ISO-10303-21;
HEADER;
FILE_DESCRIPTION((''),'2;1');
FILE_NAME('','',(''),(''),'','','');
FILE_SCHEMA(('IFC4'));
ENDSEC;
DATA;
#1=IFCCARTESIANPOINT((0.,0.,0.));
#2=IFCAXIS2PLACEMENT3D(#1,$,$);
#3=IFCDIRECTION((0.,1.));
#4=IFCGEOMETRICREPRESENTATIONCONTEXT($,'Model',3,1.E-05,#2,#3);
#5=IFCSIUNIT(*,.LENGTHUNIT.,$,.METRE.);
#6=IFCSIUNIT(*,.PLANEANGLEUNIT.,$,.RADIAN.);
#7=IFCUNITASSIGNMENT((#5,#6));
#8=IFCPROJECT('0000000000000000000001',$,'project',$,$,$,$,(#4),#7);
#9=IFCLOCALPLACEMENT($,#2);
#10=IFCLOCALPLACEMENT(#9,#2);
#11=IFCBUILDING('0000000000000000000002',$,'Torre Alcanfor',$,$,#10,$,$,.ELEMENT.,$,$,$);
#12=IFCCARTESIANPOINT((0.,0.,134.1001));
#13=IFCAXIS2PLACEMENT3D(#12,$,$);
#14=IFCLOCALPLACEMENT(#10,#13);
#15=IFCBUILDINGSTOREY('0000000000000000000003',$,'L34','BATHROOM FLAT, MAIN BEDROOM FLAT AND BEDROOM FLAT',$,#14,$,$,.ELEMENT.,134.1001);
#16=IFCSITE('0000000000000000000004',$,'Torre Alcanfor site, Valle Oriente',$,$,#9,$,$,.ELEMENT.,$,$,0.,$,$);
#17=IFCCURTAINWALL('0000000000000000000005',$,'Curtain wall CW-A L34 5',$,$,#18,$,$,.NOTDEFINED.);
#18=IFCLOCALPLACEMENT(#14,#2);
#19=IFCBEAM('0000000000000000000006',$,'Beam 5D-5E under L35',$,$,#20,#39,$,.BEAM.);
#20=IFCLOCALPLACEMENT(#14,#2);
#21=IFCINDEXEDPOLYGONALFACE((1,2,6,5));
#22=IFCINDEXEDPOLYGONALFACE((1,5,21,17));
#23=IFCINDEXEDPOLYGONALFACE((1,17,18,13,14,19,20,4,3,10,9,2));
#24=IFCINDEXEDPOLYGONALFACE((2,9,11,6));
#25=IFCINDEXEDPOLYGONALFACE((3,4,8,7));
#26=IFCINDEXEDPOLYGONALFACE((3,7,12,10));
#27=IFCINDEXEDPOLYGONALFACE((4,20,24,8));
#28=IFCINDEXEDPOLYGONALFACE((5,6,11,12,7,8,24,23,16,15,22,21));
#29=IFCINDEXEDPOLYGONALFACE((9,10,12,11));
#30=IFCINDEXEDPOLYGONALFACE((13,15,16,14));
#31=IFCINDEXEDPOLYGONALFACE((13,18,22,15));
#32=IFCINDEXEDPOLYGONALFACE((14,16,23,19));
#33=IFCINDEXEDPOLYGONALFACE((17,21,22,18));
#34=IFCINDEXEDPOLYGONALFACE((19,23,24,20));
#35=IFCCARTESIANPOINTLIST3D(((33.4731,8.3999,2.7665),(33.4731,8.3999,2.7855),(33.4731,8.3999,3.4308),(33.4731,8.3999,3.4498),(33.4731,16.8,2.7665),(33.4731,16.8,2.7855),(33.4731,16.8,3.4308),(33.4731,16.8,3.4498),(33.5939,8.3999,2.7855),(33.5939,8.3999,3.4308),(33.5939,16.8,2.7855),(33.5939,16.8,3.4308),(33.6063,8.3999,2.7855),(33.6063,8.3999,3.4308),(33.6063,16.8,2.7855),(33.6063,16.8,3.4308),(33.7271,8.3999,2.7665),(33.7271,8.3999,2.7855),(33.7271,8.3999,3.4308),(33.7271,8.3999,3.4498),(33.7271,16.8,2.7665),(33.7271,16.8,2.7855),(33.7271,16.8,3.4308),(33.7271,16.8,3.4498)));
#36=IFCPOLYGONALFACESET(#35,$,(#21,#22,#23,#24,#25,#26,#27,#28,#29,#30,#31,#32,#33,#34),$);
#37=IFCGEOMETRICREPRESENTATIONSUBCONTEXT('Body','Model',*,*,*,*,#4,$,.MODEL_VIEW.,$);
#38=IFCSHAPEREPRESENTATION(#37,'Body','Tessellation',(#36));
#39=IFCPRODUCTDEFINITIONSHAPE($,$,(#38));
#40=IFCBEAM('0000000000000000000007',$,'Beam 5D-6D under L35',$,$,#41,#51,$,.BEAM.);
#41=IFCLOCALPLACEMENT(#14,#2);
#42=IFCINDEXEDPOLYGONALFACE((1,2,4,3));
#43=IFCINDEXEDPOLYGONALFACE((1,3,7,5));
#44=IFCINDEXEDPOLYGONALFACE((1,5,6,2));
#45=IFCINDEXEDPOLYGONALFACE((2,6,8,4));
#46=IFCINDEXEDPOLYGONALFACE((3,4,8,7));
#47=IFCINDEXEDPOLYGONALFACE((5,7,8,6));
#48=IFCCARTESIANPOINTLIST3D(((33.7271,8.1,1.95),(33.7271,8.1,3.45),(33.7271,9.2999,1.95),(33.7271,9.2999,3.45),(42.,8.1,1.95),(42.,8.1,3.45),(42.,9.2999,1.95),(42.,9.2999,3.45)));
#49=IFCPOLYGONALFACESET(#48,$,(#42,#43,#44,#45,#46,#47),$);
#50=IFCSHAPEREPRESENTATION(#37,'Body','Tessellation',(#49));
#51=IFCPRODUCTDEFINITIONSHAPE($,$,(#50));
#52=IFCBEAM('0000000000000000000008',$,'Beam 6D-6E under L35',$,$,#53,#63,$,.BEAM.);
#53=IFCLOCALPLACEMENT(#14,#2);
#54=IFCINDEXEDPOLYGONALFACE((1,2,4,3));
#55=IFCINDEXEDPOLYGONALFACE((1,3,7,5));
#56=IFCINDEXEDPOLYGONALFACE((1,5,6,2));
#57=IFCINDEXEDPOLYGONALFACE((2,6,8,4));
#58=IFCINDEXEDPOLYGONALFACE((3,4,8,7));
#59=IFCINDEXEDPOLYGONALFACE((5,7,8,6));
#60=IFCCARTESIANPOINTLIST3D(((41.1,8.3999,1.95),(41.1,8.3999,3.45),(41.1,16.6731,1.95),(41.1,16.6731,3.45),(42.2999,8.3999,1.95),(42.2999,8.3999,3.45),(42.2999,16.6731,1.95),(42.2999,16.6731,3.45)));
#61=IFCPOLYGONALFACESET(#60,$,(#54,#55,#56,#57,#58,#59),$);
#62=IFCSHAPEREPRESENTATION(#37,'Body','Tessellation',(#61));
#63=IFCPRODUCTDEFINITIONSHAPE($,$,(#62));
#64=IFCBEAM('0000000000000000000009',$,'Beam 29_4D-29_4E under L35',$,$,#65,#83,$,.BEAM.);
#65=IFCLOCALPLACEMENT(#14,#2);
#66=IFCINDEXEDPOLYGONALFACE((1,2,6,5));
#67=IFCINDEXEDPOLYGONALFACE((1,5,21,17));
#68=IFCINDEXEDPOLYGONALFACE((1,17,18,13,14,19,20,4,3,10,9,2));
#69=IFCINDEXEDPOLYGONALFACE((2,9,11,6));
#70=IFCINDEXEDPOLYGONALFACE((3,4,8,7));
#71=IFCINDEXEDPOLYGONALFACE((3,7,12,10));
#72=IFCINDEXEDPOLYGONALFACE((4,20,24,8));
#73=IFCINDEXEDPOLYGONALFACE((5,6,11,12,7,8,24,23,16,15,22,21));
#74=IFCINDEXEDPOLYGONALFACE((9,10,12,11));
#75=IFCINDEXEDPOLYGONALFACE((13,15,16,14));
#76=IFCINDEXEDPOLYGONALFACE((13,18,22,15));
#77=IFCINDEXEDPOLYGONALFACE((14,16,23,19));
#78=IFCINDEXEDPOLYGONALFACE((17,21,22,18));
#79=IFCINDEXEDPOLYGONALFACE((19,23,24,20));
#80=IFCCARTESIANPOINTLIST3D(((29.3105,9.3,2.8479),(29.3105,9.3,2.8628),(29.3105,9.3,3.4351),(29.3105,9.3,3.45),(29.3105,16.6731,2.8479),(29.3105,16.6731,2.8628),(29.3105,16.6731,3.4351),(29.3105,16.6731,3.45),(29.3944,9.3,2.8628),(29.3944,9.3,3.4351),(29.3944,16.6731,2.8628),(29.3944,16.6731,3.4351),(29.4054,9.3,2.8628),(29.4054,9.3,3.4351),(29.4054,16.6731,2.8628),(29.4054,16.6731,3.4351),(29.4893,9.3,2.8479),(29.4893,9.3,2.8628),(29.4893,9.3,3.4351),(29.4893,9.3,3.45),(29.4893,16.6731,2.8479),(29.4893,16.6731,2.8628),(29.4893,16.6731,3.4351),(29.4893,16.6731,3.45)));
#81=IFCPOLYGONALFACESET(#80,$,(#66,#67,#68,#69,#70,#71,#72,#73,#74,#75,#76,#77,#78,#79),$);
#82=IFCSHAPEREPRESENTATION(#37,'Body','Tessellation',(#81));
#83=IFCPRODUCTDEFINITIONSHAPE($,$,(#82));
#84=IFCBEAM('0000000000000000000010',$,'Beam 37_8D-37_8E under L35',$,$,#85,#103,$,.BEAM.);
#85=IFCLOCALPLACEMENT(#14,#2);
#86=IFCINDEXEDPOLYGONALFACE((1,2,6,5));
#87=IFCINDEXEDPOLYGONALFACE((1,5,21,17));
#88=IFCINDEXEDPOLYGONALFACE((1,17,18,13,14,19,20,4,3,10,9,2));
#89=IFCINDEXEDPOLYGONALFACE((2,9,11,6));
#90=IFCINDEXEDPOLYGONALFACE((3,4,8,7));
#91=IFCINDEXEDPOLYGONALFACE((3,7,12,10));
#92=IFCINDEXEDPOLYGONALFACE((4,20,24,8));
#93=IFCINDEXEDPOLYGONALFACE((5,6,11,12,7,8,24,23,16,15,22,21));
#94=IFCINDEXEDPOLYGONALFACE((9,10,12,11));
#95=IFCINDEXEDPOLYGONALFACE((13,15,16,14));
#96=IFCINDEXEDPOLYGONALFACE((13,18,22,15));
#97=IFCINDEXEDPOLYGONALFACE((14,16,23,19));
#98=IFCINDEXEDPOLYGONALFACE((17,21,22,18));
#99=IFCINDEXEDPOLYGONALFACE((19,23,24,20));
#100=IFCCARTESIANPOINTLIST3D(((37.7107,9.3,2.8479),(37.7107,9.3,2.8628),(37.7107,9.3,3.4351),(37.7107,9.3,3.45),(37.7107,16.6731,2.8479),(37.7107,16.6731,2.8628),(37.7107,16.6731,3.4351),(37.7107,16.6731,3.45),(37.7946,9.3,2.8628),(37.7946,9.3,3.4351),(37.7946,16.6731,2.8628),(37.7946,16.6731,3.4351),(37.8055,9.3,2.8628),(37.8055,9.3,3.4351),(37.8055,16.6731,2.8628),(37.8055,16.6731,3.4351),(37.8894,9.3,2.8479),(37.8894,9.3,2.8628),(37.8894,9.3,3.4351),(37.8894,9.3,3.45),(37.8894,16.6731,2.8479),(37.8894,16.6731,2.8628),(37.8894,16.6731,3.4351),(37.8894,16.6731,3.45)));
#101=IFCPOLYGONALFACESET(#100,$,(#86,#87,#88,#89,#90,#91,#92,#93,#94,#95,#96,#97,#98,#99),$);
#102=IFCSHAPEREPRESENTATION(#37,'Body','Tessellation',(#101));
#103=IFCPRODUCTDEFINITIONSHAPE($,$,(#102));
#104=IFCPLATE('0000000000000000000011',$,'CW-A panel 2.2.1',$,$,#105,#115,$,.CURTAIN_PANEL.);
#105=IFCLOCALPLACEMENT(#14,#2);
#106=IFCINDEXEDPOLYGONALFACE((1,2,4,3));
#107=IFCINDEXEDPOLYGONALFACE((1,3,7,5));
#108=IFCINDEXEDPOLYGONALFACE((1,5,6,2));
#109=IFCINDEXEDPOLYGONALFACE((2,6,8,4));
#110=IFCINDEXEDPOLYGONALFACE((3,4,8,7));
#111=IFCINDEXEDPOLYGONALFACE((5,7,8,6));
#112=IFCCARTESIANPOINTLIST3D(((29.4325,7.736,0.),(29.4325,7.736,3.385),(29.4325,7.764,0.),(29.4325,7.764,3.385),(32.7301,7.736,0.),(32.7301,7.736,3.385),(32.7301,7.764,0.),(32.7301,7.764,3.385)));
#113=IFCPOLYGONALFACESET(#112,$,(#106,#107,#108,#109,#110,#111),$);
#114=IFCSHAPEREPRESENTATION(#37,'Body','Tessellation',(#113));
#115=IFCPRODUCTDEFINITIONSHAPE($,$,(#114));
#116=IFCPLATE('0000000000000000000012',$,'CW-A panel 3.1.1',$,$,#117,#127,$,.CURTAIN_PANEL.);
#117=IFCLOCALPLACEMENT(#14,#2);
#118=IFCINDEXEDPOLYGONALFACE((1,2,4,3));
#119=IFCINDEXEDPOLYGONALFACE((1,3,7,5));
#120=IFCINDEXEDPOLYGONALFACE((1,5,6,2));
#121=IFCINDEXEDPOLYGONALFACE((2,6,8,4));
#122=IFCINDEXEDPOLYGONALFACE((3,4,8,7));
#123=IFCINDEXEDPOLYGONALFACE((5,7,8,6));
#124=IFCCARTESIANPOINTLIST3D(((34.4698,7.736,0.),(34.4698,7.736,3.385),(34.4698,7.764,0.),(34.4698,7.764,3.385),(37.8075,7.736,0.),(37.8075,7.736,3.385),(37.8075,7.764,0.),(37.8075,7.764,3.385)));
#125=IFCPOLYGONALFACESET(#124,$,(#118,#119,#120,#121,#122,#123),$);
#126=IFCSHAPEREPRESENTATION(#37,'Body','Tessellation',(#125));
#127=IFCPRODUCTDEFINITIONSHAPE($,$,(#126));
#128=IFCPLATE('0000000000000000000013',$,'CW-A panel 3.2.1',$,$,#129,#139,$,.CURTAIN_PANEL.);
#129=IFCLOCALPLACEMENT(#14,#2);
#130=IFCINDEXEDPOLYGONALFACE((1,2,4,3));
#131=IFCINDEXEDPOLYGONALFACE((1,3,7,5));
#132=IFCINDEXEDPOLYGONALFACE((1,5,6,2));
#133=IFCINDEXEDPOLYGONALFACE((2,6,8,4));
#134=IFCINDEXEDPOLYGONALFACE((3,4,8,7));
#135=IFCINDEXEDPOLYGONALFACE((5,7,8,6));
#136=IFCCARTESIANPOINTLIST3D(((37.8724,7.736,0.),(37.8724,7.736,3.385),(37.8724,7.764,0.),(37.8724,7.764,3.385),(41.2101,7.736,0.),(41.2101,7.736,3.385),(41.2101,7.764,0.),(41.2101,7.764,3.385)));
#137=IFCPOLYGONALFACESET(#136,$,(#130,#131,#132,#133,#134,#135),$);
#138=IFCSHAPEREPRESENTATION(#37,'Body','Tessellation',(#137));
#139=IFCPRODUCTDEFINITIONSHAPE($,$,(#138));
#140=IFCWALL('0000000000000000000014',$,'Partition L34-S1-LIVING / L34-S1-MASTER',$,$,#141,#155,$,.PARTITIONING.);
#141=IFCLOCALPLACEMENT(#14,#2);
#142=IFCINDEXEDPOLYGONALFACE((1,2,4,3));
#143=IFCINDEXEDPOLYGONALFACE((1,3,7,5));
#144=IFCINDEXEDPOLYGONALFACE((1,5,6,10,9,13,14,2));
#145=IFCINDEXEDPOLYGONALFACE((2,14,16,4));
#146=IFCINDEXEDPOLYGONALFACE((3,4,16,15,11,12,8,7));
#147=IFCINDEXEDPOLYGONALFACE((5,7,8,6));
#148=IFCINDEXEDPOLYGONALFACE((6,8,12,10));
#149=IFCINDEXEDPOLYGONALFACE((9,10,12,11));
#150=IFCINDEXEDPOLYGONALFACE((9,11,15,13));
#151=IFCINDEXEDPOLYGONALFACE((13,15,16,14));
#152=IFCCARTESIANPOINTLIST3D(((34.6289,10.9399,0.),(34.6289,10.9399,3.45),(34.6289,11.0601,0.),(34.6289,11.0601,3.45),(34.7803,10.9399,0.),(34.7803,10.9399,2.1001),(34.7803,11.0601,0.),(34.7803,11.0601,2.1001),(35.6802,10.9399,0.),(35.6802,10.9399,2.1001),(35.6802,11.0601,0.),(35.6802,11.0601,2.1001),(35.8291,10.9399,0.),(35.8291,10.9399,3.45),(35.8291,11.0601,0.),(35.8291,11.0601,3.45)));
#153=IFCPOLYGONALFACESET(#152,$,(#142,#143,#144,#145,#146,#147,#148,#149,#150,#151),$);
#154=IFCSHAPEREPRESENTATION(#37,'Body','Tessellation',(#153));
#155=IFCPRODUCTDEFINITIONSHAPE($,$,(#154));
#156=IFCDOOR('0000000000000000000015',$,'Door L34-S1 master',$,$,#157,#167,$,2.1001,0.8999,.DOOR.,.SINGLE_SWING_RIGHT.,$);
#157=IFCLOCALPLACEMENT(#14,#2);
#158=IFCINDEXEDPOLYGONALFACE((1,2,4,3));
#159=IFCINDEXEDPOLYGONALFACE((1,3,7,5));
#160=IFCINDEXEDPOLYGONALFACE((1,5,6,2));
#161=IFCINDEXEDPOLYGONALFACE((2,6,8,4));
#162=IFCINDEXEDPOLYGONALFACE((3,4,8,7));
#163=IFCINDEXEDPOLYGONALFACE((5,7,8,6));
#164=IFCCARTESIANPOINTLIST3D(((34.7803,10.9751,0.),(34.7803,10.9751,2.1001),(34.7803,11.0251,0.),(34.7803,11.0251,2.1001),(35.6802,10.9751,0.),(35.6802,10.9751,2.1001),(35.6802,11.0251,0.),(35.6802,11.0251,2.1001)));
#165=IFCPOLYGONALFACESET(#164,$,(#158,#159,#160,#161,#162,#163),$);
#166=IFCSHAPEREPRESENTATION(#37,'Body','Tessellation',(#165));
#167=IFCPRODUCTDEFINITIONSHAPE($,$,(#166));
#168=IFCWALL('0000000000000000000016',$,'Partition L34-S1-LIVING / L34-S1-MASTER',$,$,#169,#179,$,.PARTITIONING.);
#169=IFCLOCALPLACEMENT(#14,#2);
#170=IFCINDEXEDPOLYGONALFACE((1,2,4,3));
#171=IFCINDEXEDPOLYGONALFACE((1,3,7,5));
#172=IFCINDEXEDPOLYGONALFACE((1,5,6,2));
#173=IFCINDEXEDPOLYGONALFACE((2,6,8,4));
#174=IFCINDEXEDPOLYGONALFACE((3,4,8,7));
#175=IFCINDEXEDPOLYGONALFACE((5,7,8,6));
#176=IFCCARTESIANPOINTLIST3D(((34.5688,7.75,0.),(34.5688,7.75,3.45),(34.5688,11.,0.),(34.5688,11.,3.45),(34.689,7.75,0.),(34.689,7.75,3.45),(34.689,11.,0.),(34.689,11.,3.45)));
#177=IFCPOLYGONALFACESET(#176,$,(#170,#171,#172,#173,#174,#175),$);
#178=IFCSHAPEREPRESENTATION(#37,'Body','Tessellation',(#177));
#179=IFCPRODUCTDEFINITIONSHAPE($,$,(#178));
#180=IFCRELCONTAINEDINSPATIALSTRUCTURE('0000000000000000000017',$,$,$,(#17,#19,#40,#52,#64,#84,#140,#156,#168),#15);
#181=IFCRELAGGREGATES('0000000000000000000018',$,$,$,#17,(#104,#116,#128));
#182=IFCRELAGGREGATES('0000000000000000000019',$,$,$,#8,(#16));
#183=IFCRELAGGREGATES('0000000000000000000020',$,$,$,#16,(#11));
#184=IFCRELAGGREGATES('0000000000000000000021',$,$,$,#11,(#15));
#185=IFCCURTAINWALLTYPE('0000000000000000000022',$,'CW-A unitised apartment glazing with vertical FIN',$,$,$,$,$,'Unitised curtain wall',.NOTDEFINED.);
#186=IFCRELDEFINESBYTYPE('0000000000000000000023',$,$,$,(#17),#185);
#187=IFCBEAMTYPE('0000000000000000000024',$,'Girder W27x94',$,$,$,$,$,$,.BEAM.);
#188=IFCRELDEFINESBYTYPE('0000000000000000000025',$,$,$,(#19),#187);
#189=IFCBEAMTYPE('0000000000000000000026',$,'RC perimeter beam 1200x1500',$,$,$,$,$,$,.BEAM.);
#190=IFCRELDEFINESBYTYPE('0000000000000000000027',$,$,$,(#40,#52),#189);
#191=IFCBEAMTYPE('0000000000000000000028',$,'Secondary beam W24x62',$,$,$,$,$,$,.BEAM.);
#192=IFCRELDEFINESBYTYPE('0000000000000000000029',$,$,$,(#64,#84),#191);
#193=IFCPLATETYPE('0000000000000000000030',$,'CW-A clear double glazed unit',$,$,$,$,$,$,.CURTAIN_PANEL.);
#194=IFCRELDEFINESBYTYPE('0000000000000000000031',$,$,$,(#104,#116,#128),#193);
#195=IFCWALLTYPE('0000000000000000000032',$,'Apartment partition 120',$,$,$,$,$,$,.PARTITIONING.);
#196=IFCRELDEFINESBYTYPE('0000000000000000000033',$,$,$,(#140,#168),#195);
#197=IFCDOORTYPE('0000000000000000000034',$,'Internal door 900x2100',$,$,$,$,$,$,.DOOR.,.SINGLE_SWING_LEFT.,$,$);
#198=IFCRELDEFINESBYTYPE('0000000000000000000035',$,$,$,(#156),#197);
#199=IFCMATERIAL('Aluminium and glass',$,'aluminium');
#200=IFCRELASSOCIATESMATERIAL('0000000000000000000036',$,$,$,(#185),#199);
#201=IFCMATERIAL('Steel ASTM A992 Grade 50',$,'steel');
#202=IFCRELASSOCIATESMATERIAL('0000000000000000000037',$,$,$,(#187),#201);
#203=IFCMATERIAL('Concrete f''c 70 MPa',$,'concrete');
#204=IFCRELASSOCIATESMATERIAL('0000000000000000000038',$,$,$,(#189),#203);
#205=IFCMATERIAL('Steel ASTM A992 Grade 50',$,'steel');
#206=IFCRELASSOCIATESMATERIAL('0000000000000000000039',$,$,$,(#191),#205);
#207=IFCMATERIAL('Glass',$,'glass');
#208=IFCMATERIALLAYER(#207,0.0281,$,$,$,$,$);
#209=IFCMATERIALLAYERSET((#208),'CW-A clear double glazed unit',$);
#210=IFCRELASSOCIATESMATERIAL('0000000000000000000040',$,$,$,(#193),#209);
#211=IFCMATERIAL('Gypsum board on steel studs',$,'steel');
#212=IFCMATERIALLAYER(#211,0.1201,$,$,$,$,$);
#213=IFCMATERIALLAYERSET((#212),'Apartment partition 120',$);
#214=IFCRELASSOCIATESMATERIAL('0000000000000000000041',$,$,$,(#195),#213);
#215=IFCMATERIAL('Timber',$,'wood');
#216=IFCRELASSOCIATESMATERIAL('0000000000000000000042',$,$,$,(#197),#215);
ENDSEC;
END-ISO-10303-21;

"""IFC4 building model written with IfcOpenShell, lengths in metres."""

from ifc_helpers import new_model, si_unit, direction, frame, frame_2d, origin, origin_2d, place, context, subcontext, project, spatial, rectangle, i_section, extrude, material, layer, layer_set, material_profile, profile_set, type_object, element, fill, aggregate, save


model = new_model("IFC4")

# Units and contexts
model_context = context("Model", 3, precision=1e-05, world=origin(), true_north=direction((0.0, 1.0)))
body_context = subcontext(model_context, "Body", "Model", "MODEL_VIEW")
ifc_project = project(units=[si_unit("LENGTHUNIT", "METRE"), si_unit("PLANEANGLEUNIT", "RADIAN")], contexts=[model_context])

# Site, building, storey
site_placement = place(None, origin())
site = spatial("IfcSite", under=ifc_project, at=site_placement, Name="Torre Alcanfor site, Valle Oriente", CompositionType="ELEMENT", RefElevation=0.0)
building_placement = place(site_placement, origin())
building = spatial("IfcBuilding", under=site, at=building_placement, Name="Torre Alcanfor", CompositionType="ELEMENT")
storey_placement = place(building_placement, frame((0.0, 0.0, 134.1001)))
storey = spatial("IfcBuildingStorey", under=building, at=storey_placement, Name="L34", Description="BATHROOM FLAT, MAIN BEDROOM FLAT AND BEDROOM FLAT", CompositionType="ELEMENT", Elevation=134.1001)

# Curtain wall
ifc_material_1 = material(Name="Aluminium and glass", Category="aluminium")
curtain_wall_type = type_object("IfcCurtainWallType", Name="CW-A unitised apartment glazing with vertical FIN", ElementType="Unitised curtain wall", PredefinedType="NOTDEFINED", material=ifc_material_1)
curtain_wall_placement = place(storey_placement, origin())
curtain_wall = element("IfcCurtainWall", 1, at=curtain_wall_placement, inside=storey, type_object=curtain_wall_type, Name="Curtain wall CW-A L34 5", PredefinedType="NOTDEFINED")

# Beams
ifc_material_2 = material(Name="Steel ASTM A992 Grade 50", Category="steel")
ifc_material_profile_1 = material_profile(ifc_material_2, i_section(OverallWidth=0.2539, OverallDepth=0.6833, WebThickness=0.0125, FlangeThickness=0.019, at=origin_2d()), Name="W27x94")
ifc_profile_set_1 = profile_set([ifc_material_profile_1], Name="Steel ASTM A992 Grade 50")
beam_type_1 = type_object("IfcBeamType", Name="Girder W27x94", PredefinedType="BEAM", material=ifc_profile_set_1)
beam_1_placement = place(storey_placement, frame((33.6001, 8.3999, 3.1082), z_axis=(0.0, 1.0, 0.0), x_axis=(-1.0, 0.0, 0.0)))
element("IfcBeam", 2, at=beam_1_placement, inside=storey, type_object=beam_type_1, Name="Beam 5D-5E under L35", PredefinedType="BEAM", context=body_context, shape_type="SweptSolid", body=[
    extrude(i_section(OverallWidth=0.2539, OverallDepth=0.6833, WebThickness=0.0125, FlangeThickness=0.019, at=origin_2d()), origin(), (0.0, 0.0, 1.0), 8.4001),
])
ifc_material_3 = material(Name="Concrete f'c 70 MPa", Category="concrete")
ifc_material_profile_2 = material_profile(ifc_material_3, rectangle(XDim=1.2, YDim=1.5, at=origin_2d()), Name="1200x1500")
ifc_profile_set_2 = profile_set([ifc_material_profile_2], Name="Concrete f'c 70 MPa")
beam_type_2 = type_object("IfcBeamType", Name="RC perimeter beam 1200x1500", PredefinedType="BEAM", material=ifc_profile_set_2)
beam_2_placement = place(storey_placement, frame((33.7271, 8.7, 2.7), z_axis=(1.0, 0.0, 0.0), x_axis=(0.0, 1.0, 0.0)))
element("IfcBeam", 3, at=beam_2_placement, inside=storey, type_object=beam_type_2, Name="Beam 5D-6D under L35", PredefinedType="BEAM", context=body_context, shape_type="SweptSolid", body=[
    extrude(rectangle(XDim=1.2, YDim=1.5, at=origin_2d()), origin(), (0.0, 0.0, 1.0), 8.2729),
])
beam_3_placement = place(storey_placement, frame((41.7, 8.3999, 2.7), z_axis=(0.0, 1.0, 0.0), x_axis=(-1.0, 0.0, 0.0)))
element("IfcBeam", 4, at=beam_3_placement, inside=storey, type_object=beam_type_2, Name="Beam 6D-6E under L35", PredefinedType="BEAM", context=body_context, shape_type="SweptSolid", body=[
    extrude(rectangle(XDim=1.2, YDim=1.5, at=origin_2d()), origin(), (0.0, 0.0, 1.0), 8.2732),
])
ifc_material_4 = material(Name="Steel ASTM A992 Grade 50", Category="steel")
ifc_material_profile_3 = material_profile(ifc_material_4, i_section(OverallWidth=0.1787, OverallDepth=0.6021, WebThickness=0.011, FlangeThickness=0.0149, at=origin_2d()), Name="W24x62")
ifc_profile_set_3 = profile_set([ifc_material_profile_3], Name="Steel ASTM A992 Grade 50")
beam_type_3 = type_object("IfcBeamType", Name="Secondary beam W24x62", PredefinedType="BEAM", material=ifc_profile_set_3)
for number, where, z_axis, x_axis, name in (
    (5, (29.3999, 9.3, 3.1489), (0.0, 1.0, 0.0), (-1.0, 0.0, 0.0), "Beam 29_4D-29_4E under L35"),
    (6, (37.8, 9.3, 3.1489), (0.0, 1.0, 0.0), (-1.0, 0.0, 0.0), "Beam 37_8D-37_8E under L35"),
):
    element("IfcBeam", number, at=place(storey_placement, frame(where, z_axis=z_axis, x_axis=x_axis)), inside=storey, type_object=beam_type_3, Name=name, PredefinedType="BEAM", context=body_context, shape_type="SweptSolid", body=[
        extrude(i_section(OverallWidth=0.1787, OverallDepth=0.6021, WebThickness=0.011, FlangeThickness=0.0149, at=origin_2d()), origin(), (0.0, 0.0, 1.0), 7.373),
    ])

# Plates
ifc_material_5 = material(Name="Glass", Category="glass")
ifc_layer_1 = layer(ifc_material_5, 0.0281)
ifc_layer_set_1 = layer_set([ifc_layer_1], Name="CW-A clear double glazed unit")
plate_type = type_object("IfcPlateType", Name="CW-A clear double glazed unit", PredefinedType="CURTAIN_PANEL", material=ifc_layer_set_1)
plate_1_placement = place(storey_placement, frame((31.0813, 7.75, 0.0), z_axis=(0.0, 0.0, 1.0), x_axis=(1.0, 0.0, 0.0)))
plate_1 = element("IfcPlate", 7, at=plate_1_placement, type_object=plate_type, Name="CW-A panel 2.2.1", PredefinedType="CURTAIN_PANEL", context=body_context, shape_type="SweptSolid", body=[
    extrude(rectangle(XDim=3.2976, YDim=0.0281, at=origin_2d()), origin(), (0.0, 0.0, 1.0), 3.385),
])
plate_2_placement = place(storey_placement, frame((36.1387, 7.75, 0.0), z_axis=(0.0, 0.0, 1.0), x_axis=(1.0, 0.0, 0.0)))
plate_2 = element("IfcPlate", 8, at=plate_2_placement, type_object=plate_type, Name="CW-A panel 3.1.1", PredefinedType="CURTAIN_PANEL", context=body_context, shape_type="SweptSolid", body=[
    extrude(rectangle(XDim=3.3376, YDim=0.0281, at=origin_2d()), origin(), (0.0, 0.0, 1.0), 3.385),
])
plate_3_placement = place(storey_placement, frame((39.5413, 7.75, 0.0), z_axis=(0.0, 0.0, 1.0), x_axis=(1.0, 0.0, 0.0)))
plate_3 = element("IfcPlate", 9, at=plate_3_placement, type_object=plate_type, Name="CW-A panel 3.2.1", PredefinedType="CURTAIN_PANEL", context=body_context, shape_type="SweptSolid", body=[
    extrude(rectangle(XDim=3.3376, YDim=0.0281, at=origin_2d()), origin(), (0.0, 0.0, 1.0), 3.385),
])
aggregate(curtain_wall, [plate_1, plate_2, plate_3])

# Wall, opening, door
ifc_material_6 = material(Name="Gypsum board on steel studs", Category="steel")
ifc_layer_2 = layer(ifc_material_6, 0.1201)
ifc_layer_set_2 = layer_set([ifc_layer_2], Name="Apartment partition 120")
wall_type_1 = type_object("IfcWallType", Name="Apartment partition 120", PredefinedType="PARTITIONING", material=ifc_layer_set_2)
wall_1_placement = place(storey_placement, frame((35.8291, 11.0, 0.0), z_axis=(0.0, 0.0, 1.0), x_axis=(-1.0, 0.0, 0.0)))
wall_1 = element("IfcWall", 10, at=wall_1_placement, inside=storey, type_object=wall_type_1, Name="Partition L34-S1-LIVING / L34-S1-MASTER", PredefinedType="PARTITIONING", context=body_context, shape_type="SweptSolid", body=[
    extrude(rectangle(XDim=1.2002, YDim=0.1201, at=frame_2d((0.6001, 0.0))), origin(), (0.0, 0.0, 1.0), 3.45),
])
opening_1_placement = place(wall_1_placement, frame((0.1489, 0.0, 0.0)))
opening_1 = element("IfcOpeningElement", 11, at=opening_1_placement, cuts=wall_1, PredefinedType="OPENING", context=body_context, shape_type="SweptSolid", body=[
    extrude(rectangle(XDim=0.8999, YDim=2.1001, at=frame_2d((0.45, 1.05))), frame((0.0, 0.0701, 0.0), z_axis=(0.0, -1.0, 0.0), x_axis=(1.0, 0.0, 0.0)), (0.0, 0.0, 1.0), 0.1401),
])
ifc_material_7 = material(Name="Timber", Category="wood")
door_type_1 = type_object("IfcDoorType", Name="Internal door 900x2100", OperationType="SINGLE_SWING_LEFT", PredefinedType="DOOR", material=ifc_material_7)
door_1_placement = place(opening_1_placement, origin())
door_1 = element("IfcDoor", 12, at=door_1_placement, inside=storey, type_object=door_type_1, Name="Door L34-S1 master", OperationType="SINGLE_SWING_RIGHT", OverallHeight=2.1001, OverallWidth=0.8999, PredefinedType="DOOR", context=body_context, shape_type="SweptSolid", body=[
    extrude(rectangle(XDim=0.8999, YDim=2.1001, at=frame_2d((0.45, 1.05))), frame((0.0, 0.0249, 0.0), z_axis=(0.0, -1.0, 0.0), x_axis=(1.0, 0.0, 0.0)), (0.0, 0.0, 1.0), 0.05),
])
fill(opening_1, door_1)

# Wall
wall_2_placement = place(storey_placement, frame((34.6289, 11.0, 0.0), z_axis=(0.0, 0.0, 1.0), x_axis=(0.0, -1.0, 0.0)))
element("IfcWall", 13, at=wall_2_placement, inside=storey, type_object=wall_type_1, Name="Partition L34-S1-LIVING / L34-S1-MASTER", PredefinedType="PARTITIONING", context=body_context, shape_type="SweptSolid", body=[
    extrude(rectangle(XDim=3.25, YDim=0.1201, at=frame_2d((1.625, 0.0))), origin(), (0.0, 0.0, 1.0), 3.45),
])

save(model, "model.ifc")
